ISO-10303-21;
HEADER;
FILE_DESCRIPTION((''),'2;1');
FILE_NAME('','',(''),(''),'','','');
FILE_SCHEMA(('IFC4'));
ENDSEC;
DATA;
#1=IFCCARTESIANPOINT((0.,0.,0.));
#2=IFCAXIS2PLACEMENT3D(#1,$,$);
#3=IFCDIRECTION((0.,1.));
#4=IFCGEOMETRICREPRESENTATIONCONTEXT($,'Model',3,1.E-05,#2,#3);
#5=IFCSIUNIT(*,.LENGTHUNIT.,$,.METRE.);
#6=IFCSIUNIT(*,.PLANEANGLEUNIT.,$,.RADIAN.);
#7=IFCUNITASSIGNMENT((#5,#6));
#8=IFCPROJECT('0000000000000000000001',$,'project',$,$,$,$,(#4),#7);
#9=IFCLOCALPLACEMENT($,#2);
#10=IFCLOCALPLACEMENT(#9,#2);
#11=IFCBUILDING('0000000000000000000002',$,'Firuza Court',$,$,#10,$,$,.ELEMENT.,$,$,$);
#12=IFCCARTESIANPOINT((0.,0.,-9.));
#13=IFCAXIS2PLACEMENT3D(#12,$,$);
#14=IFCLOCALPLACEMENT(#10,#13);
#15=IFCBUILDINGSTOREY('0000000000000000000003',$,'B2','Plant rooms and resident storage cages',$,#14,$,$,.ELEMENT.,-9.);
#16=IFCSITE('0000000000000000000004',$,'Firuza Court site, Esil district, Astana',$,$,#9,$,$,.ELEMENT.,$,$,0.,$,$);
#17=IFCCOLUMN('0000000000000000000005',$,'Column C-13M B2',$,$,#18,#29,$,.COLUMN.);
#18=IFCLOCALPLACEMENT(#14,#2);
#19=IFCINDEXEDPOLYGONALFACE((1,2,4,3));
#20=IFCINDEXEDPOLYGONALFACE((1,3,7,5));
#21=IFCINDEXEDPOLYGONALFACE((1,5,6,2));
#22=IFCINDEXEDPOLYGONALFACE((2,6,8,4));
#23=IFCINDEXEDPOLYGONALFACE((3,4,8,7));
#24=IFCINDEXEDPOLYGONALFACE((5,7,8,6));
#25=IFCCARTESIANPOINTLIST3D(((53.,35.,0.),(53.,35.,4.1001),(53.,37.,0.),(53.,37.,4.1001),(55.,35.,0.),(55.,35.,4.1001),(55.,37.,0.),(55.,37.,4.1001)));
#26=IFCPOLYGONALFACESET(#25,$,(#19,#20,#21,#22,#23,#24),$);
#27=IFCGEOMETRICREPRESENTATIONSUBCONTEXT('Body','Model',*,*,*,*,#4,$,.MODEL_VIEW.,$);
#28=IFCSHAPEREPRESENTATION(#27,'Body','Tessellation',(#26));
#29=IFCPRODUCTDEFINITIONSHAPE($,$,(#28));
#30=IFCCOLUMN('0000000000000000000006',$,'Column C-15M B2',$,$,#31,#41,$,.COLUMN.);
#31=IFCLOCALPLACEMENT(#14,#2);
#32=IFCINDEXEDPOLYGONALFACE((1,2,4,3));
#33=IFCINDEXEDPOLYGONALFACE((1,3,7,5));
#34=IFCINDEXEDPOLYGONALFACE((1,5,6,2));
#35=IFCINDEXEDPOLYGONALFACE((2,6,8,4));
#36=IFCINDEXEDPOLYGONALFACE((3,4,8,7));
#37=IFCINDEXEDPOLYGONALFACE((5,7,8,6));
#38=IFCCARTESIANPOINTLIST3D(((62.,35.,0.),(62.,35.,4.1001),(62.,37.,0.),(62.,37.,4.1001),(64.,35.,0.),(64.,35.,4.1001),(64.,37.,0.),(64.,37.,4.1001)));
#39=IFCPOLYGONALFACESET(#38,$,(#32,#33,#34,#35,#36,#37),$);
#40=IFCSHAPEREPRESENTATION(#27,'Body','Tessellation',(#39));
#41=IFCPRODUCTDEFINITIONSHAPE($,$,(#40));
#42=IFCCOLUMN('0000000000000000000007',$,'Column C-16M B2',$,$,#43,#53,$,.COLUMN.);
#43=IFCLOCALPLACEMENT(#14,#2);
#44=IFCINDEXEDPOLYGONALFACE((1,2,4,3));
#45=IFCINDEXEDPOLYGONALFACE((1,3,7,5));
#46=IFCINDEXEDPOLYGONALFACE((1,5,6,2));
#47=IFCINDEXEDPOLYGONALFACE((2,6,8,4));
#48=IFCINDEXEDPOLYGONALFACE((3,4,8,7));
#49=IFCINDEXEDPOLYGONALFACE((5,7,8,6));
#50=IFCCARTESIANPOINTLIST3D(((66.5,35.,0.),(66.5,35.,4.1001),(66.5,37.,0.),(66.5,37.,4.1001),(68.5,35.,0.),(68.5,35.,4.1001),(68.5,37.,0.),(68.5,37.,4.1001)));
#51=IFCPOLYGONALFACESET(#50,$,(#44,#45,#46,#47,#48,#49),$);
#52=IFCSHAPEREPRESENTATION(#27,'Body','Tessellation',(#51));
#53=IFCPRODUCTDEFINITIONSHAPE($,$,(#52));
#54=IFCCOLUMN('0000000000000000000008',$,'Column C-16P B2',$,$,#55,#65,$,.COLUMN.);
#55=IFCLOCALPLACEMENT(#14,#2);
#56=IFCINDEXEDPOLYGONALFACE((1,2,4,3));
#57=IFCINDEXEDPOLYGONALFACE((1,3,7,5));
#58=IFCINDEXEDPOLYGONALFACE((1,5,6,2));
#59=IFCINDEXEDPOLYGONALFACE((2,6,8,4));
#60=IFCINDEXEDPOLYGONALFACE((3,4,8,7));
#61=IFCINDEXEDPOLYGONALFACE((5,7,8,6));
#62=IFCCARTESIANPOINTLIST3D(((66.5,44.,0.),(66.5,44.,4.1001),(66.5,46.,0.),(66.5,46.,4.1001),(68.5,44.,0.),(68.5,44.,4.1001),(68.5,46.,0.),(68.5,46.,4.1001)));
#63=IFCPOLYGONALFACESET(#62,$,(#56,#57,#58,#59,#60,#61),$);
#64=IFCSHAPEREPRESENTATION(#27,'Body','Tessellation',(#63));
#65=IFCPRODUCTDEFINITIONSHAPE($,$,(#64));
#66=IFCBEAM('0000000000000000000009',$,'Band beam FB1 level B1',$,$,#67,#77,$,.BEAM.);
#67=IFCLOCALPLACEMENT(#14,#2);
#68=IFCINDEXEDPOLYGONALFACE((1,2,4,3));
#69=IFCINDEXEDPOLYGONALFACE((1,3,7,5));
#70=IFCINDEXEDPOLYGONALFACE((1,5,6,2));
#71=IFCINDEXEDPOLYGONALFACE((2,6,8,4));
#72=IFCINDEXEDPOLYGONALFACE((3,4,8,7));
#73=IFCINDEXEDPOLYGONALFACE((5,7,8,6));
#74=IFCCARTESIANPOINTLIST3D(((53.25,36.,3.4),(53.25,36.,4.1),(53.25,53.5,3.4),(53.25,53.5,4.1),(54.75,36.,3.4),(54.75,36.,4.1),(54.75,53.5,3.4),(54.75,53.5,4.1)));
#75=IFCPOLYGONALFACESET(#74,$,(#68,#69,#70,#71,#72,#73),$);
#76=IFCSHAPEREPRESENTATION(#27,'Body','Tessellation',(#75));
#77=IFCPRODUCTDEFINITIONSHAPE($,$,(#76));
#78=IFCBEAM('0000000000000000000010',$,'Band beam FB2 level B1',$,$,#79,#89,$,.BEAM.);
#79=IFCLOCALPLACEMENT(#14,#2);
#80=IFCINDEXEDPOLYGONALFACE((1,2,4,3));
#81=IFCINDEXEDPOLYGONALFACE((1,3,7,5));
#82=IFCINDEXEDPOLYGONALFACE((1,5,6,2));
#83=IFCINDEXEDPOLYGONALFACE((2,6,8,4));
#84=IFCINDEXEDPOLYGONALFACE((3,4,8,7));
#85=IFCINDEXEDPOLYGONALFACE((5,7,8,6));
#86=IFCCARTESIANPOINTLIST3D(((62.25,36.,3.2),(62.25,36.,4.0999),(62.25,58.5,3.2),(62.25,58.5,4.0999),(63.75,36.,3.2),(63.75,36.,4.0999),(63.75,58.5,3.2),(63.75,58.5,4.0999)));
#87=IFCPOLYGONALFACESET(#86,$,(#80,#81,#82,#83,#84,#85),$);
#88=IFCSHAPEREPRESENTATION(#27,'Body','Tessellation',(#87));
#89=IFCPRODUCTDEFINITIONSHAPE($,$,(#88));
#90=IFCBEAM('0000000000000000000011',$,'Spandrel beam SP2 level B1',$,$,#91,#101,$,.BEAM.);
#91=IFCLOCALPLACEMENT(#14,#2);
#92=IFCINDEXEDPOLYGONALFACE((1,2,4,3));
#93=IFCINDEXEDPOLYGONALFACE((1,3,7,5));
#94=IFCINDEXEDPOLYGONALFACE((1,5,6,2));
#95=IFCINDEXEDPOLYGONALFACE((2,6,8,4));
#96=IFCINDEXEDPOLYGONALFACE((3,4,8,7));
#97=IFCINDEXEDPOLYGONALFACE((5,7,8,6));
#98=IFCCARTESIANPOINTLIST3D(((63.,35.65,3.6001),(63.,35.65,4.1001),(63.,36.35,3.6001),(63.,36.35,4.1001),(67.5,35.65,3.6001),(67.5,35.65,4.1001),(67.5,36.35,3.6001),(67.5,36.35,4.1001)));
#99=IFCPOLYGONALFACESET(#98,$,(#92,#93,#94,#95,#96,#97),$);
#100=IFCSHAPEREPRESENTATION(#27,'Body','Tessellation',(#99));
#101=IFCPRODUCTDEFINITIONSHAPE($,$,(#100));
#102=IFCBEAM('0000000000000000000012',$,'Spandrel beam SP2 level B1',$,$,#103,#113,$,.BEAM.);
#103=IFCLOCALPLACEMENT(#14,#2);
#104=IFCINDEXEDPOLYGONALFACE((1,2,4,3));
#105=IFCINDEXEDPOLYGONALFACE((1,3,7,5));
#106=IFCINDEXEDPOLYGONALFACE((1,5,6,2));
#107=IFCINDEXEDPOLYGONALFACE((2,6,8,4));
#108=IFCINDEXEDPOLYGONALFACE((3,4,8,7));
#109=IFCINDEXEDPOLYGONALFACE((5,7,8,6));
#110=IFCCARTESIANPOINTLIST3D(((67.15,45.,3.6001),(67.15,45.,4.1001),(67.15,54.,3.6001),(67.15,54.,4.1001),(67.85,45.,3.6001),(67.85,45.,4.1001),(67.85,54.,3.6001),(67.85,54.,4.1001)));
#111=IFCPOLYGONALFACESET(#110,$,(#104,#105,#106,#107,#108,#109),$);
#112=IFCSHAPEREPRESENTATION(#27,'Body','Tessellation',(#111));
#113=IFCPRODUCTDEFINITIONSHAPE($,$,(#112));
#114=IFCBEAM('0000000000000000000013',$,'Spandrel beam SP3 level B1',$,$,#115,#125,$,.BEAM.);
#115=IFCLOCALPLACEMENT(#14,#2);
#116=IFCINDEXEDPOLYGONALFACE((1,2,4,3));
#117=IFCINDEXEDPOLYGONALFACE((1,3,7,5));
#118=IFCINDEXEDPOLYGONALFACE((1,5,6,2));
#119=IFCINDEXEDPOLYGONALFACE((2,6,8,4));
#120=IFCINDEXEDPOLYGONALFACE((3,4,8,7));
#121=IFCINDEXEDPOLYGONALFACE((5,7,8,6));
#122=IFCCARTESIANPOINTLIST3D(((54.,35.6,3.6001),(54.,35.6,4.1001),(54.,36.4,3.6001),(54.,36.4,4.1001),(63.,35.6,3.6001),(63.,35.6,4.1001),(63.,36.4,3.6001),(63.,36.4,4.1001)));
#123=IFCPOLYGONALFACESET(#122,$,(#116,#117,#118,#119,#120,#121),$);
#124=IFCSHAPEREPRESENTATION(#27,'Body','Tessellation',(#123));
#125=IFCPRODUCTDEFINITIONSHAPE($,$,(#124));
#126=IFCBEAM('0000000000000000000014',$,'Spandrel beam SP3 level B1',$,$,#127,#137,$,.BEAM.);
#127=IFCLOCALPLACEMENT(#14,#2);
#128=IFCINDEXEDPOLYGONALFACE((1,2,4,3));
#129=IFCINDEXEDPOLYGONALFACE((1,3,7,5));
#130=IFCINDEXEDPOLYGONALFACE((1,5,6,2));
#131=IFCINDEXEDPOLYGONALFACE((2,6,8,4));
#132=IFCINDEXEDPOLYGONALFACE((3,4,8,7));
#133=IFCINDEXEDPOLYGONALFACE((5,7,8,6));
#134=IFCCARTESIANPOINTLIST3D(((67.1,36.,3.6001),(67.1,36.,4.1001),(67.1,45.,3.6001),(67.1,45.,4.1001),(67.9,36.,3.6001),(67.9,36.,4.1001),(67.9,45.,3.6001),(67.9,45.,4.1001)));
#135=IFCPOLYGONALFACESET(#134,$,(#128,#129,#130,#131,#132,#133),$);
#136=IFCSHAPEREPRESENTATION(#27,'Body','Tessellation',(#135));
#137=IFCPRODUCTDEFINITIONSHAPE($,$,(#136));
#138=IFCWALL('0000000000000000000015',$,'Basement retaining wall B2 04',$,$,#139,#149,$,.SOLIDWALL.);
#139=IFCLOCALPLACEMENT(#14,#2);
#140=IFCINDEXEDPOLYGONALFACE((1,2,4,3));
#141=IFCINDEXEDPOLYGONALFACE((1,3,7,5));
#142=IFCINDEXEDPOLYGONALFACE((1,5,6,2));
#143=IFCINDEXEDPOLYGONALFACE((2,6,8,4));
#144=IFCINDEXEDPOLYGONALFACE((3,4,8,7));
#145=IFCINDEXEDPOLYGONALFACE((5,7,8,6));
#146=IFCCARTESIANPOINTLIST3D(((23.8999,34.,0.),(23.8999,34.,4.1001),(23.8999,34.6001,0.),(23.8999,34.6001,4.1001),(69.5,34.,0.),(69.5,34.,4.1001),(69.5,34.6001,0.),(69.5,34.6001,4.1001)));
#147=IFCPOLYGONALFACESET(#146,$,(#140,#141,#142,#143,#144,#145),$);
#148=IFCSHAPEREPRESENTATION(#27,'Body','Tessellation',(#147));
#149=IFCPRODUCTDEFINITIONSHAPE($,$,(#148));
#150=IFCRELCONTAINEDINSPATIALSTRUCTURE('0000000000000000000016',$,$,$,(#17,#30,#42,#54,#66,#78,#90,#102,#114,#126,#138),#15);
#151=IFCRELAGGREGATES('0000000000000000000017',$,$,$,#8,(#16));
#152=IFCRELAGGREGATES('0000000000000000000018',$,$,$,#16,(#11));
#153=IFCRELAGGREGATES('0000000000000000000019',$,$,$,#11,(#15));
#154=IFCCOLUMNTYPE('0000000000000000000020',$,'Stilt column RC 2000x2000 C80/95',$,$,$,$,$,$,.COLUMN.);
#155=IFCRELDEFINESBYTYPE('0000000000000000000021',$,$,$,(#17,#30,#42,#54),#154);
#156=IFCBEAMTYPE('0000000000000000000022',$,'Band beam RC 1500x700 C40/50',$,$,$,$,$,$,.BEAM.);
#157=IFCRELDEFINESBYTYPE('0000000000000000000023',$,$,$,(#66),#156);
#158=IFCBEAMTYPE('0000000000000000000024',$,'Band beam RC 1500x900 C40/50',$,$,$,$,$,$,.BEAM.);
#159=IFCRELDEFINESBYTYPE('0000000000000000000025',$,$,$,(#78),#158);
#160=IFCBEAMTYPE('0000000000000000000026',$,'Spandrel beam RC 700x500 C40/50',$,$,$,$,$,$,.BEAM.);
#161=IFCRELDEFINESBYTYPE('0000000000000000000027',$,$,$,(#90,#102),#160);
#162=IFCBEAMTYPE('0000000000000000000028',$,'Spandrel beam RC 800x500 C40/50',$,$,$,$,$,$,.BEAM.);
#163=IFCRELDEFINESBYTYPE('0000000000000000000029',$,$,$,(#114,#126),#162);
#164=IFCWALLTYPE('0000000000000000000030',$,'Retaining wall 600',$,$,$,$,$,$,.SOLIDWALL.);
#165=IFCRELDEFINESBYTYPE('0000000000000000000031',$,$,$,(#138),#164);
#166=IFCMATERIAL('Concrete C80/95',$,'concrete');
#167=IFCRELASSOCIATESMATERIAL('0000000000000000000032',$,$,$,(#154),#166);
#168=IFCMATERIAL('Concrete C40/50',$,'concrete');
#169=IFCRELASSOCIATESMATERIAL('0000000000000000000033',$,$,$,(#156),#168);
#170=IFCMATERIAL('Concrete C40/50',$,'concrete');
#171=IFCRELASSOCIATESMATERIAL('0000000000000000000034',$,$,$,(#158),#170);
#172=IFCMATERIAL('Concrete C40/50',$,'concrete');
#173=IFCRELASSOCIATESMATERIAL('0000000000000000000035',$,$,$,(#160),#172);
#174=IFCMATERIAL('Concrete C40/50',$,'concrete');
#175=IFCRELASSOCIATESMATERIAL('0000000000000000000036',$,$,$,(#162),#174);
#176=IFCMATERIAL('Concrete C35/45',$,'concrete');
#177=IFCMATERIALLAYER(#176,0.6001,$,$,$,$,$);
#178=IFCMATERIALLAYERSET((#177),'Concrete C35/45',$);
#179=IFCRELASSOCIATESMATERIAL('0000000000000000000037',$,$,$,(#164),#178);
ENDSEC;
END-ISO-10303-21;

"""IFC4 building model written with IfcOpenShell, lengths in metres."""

from ifc_helpers import new_model, si_unit, direction, frame, frame_2d, origin, origin_2d, place, context, subcontext, project, spatial, rectangle, extrude, material, layer, layer_set, material_profile, profile_set, type_object, element, save


model = new_model("IFC4")

# Units and contexts
model_context = context("Model", 3, precision=1e-05, world=origin(), true_north=direction((0.0, 1.0)))
body_context = subcontext(model_context, "Body", "Model", "MODEL_VIEW")
ifc_project = project(units=[si_unit("LENGTHUNIT", "METRE"), si_unit("PLANEANGLEUNIT", "RADIAN")], contexts=[model_context])

# Site, building, storey
site_placement = place(None, origin())
site = spatial("IfcSite", under=ifc_project, at=site_placement, Name="Firuza Court site, Esil district, Astana", CompositionType="ELEMENT", RefElevation=0.0)
building_placement = place(site_placement, origin())
building = spatial("IfcBuilding", under=site, at=building_placement, Name="Firuza Court", CompositionType="ELEMENT")
storey_placement = place(building_placement, frame((0.0, 0.0, -9.0)))
storey = spatial("IfcBuildingStorey", under=building, at=storey_placement, Name="B2", Description="Plant rooms and resident storage cages", CompositionType="ELEMENT", Elevation=-9.0)

# Columns
ifc_material_1 = material(Name="Concrete C80/95", Category="concrete")
ifc_material_profile_1 = material_profile(ifc_material_1, rectangle(XDim=2.0, YDim=2.0, at=origin_2d()), Name="RC 2000x2000")
ifc_profile_set_1 = profile_set([ifc_material_profile_1], Name="Concrete C80/95")
column_type = type_object("IfcColumnType", Name="Stilt column RC 2000x2000 C80/95", PredefinedType="COLUMN", material=ifc_profile_set_1)
for number, where, z_axis, x_axis, name in (
    (1, (54.0, 36.0, 0.0), (0.0, 0.0, 1.0), (1.0, 0.0, 0.0), "Column C-13M B2"),
    (2, (63.0, 36.0, 0.0), (0.0, 0.0, 1.0), (1.0, 0.0, 0.0), "Column C-15M B2"),
    (3, (67.5, 36.0, 0.0), (0.0, 0.0, 1.0), (1.0, 0.0, 0.0), "Column C-16M B2"),
    (4, (67.5, 45.0, 0.0), (0.0, 0.0, 1.0), (1.0, 0.0, 0.0), "Column C-16P B2"),
):
    element("IfcColumn", number, at=place(storey_placement, frame(where, z_axis=z_axis, x_axis=x_axis)), inside=storey, type_object=column_type, Name=name, PredefinedType="COLUMN", context=body_context, shape_type="SweptSolid", body=[
        extrude(rectangle(XDim=2.0, YDim=2.0, at=origin_2d()), origin(), (0.0, 0.0, 1.0), 4.1001),
    ])

# Beams
ifc_material_2 = material(Name="Concrete C40/50", Category="concrete")
ifc_material_profile_2 = material_profile(ifc_material_2, rectangle(XDim=1.5, YDim=0.7, at=origin_2d()), Name="RC 1500x700")
ifc_profile_set_2 = profile_set([ifc_material_profile_2], Name="Concrete C40/50")
beam_type_1 = type_object("IfcBeamType", Name="Band beam RC 1500x700 C40/50", PredefinedType="BEAM", material=ifc_profile_set_2)
beam_1_placement = place(storey_placement, frame((54.0, 36.0, 3.75), z_axis=(0.0, 1.0, 0.0), x_axis=(-1.0, 0.0, 0.0)))
element("IfcBeam", 5, at=beam_1_placement, inside=storey, type_object=beam_type_1, Name="Band beam FB1 level B1", PredefinedType="BEAM", context=body_context, shape_type="SweptSolid", body=[
    extrude(rectangle(XDim=1.5, YDim=0.7, at=origin_2d()), origin(), (0.0, 0.0, 1.0), 17.5),
])
ifc_material_3 = material(Name="Concrete C40/50", Category="concrete")
ifc_material_profile_3 = material_profile(ifc_material_3, rectangle(XDim=1.5, YDim=0.8999, at=origin_2d()), Name="RC 1500x900")
ifc_profile_set_3 = profile_set([ifc_material_profile_3], Name="Concrete C40/50")
beam_type_2 = type_object("IfcBeamType", Name="Band beam RC 1500x900 C40/50", PredefinedType="BEAM", material=ifc_profile_set_3)
beam_2_placement = place(storey_placement, frame((63.0, 36.0, 3.6499), z_axis=(0.0, 1.0, 0.0), x_axis=(-1.0, 0.0, 0.0)))
element("IfcBeam", 6, at=beam_2_placement, inside=storey, type_object=beam_type_2, Name="Band beam FB2 level B1", PredefinedType="BEAM", context=body_context, shape_type="SweptSolid", body=[
    extrude(rectangle(XDim=1.5, YDim=0.8999, at=origin_2d()), origin(), (0.0, 0.0, 1.0), 22.5),
])
ifc_material_4 = material(Name="Concrete C40/50", Category="concrete")
ifc_material_profile_4 = material_profile(ifc_material_4, rectangle(XDim=0.7, YDim=0.5, at=origin_2d()), Name="RC 700x500")
ifc_profile_set_4 = profile_set([ifc_material_profile_4], Name="Concrete C40/50")
beam_type_3 = type_object("IfcBeamType", Name="Spandrel beam RC 700x500 C40/50", PredefinedType="BEAM", material=ifc_profile_set_4)
beam_3_placement = place(storey_placement, frame((63.0, 36.0, 3.8501), z_axis=(1.0, 0.0, 0.0), x_axis=(0.0, 1.0, 0.0)))
element("IfcBeam", 7, at=beam_3_placement, inside=storey, type_object=beam_type_3, Name="Spandrel beam SP2 level B1", PredefinedType="BEAM", context=body_context, shape_type="SweptSolid", body=[
    extrude(rectangle(XDim=0.7, YDim=0.5, at=origin_2d()), origin(), (0.0, 0.0, 1.0), 4.5),
])
beam_4_placement = place(storey_placement, frame((67.5, 45.0, 3.8501), z_axis=(0.0, 1.0, 0.0), x_axis=(-1.0, 0.0, 0.0)))
element("IfcBeam", 8, at=beam_4_placement, inside=storey, type_object=beam_type_3, Name="Spandrel beam SP2 level B1", PredefinedType="BEAM", context=body_context, shape_type="SweptSolid", body=[
    extrude(rectangle(XDim=0.7, YDim=0.5, at=origin_2d()), origin(), (0.0, 0.0, 1.0), 9.0),
])
ifc_material_5 = material(Name="Concrete C40/50", Category="concrete")
ifc_material_profile_5 = material_profile(ifc_material_5, rectangle(XDim=0.8, YDim=0.5, at=origin_2d()), Name="RC 800x500")
ifc_profile_set_5 = profile_set([ifc_material_profile_5], Name="Concrete C40/50")
beam_type_4 = type_object("IfcBeamType", Name="Spandrel beam RC 800x500 C40/50", PredefinedType="BEAM", material=ifc_profile_set_5)
for number, where, z_axis, x_axis, name in (
    (9, (54.0, 36.0, 3.8501), (1.0, 0.0, 0.0), (0.0, 1.0, 0.0), "Spandrel beam SP3 level B1"),
    (10, (67.5, 36.0, 3.8501), (0.0, 1.0, 0.0), (-1.0, 0.0, 0.0), "Spandrel beam SP3 level B1"),
):
    element("IfcBeam", number, at=place(storey_placement, frame(where, z_axis=z_axis, x_axis=x_axis)), inside=storey, type_object=beam_type_4, Name=name, PredefinedType="BEAM", context=body_context, shape_type="SweptSolid", body=[
        extrude(rectangle(XDim=0.8, YDim=0.5, at=origin_2d()), origin(), (0.0, 0.0, 1.0), 9.0),
    ])

# Wall
ifc_material_6 = material(Name="Concrete C35/45", Category="concrete")
ifc_layer = layer(ifc_material_6, 0.6001)
ifc_layer_set = layer_set([ifc_layer], Name="Concrete C35/45")
wall_type = type_object("IfcWallType", Name="Retaining wall 600", PredefinedType="SOLIDWALL", material=ifc_layer_set)
wall_placement = place(storey_placement, frame((69.5, 34.3, 0.0), z_axis=(0.0, 0.0, 1.0), x_axis=(-1.0, 0.0, 0.0)))
element("IfcWall", 11, at=wall_placement, inside=storey, type_object=wall_type, Name="Basement retaining wall B2 04", PredefinedType="SOLIDWALL", context=body_context, shape_type="SweptSolid", body=[
    extrude(rectangle(XDim=45.6001, YDim=0.6001, at=frame_2d((22.8, 0.0))), origin(), (0.0, 0.0, 1.0), 4.1001),
])

save(model, "model.ifc")
